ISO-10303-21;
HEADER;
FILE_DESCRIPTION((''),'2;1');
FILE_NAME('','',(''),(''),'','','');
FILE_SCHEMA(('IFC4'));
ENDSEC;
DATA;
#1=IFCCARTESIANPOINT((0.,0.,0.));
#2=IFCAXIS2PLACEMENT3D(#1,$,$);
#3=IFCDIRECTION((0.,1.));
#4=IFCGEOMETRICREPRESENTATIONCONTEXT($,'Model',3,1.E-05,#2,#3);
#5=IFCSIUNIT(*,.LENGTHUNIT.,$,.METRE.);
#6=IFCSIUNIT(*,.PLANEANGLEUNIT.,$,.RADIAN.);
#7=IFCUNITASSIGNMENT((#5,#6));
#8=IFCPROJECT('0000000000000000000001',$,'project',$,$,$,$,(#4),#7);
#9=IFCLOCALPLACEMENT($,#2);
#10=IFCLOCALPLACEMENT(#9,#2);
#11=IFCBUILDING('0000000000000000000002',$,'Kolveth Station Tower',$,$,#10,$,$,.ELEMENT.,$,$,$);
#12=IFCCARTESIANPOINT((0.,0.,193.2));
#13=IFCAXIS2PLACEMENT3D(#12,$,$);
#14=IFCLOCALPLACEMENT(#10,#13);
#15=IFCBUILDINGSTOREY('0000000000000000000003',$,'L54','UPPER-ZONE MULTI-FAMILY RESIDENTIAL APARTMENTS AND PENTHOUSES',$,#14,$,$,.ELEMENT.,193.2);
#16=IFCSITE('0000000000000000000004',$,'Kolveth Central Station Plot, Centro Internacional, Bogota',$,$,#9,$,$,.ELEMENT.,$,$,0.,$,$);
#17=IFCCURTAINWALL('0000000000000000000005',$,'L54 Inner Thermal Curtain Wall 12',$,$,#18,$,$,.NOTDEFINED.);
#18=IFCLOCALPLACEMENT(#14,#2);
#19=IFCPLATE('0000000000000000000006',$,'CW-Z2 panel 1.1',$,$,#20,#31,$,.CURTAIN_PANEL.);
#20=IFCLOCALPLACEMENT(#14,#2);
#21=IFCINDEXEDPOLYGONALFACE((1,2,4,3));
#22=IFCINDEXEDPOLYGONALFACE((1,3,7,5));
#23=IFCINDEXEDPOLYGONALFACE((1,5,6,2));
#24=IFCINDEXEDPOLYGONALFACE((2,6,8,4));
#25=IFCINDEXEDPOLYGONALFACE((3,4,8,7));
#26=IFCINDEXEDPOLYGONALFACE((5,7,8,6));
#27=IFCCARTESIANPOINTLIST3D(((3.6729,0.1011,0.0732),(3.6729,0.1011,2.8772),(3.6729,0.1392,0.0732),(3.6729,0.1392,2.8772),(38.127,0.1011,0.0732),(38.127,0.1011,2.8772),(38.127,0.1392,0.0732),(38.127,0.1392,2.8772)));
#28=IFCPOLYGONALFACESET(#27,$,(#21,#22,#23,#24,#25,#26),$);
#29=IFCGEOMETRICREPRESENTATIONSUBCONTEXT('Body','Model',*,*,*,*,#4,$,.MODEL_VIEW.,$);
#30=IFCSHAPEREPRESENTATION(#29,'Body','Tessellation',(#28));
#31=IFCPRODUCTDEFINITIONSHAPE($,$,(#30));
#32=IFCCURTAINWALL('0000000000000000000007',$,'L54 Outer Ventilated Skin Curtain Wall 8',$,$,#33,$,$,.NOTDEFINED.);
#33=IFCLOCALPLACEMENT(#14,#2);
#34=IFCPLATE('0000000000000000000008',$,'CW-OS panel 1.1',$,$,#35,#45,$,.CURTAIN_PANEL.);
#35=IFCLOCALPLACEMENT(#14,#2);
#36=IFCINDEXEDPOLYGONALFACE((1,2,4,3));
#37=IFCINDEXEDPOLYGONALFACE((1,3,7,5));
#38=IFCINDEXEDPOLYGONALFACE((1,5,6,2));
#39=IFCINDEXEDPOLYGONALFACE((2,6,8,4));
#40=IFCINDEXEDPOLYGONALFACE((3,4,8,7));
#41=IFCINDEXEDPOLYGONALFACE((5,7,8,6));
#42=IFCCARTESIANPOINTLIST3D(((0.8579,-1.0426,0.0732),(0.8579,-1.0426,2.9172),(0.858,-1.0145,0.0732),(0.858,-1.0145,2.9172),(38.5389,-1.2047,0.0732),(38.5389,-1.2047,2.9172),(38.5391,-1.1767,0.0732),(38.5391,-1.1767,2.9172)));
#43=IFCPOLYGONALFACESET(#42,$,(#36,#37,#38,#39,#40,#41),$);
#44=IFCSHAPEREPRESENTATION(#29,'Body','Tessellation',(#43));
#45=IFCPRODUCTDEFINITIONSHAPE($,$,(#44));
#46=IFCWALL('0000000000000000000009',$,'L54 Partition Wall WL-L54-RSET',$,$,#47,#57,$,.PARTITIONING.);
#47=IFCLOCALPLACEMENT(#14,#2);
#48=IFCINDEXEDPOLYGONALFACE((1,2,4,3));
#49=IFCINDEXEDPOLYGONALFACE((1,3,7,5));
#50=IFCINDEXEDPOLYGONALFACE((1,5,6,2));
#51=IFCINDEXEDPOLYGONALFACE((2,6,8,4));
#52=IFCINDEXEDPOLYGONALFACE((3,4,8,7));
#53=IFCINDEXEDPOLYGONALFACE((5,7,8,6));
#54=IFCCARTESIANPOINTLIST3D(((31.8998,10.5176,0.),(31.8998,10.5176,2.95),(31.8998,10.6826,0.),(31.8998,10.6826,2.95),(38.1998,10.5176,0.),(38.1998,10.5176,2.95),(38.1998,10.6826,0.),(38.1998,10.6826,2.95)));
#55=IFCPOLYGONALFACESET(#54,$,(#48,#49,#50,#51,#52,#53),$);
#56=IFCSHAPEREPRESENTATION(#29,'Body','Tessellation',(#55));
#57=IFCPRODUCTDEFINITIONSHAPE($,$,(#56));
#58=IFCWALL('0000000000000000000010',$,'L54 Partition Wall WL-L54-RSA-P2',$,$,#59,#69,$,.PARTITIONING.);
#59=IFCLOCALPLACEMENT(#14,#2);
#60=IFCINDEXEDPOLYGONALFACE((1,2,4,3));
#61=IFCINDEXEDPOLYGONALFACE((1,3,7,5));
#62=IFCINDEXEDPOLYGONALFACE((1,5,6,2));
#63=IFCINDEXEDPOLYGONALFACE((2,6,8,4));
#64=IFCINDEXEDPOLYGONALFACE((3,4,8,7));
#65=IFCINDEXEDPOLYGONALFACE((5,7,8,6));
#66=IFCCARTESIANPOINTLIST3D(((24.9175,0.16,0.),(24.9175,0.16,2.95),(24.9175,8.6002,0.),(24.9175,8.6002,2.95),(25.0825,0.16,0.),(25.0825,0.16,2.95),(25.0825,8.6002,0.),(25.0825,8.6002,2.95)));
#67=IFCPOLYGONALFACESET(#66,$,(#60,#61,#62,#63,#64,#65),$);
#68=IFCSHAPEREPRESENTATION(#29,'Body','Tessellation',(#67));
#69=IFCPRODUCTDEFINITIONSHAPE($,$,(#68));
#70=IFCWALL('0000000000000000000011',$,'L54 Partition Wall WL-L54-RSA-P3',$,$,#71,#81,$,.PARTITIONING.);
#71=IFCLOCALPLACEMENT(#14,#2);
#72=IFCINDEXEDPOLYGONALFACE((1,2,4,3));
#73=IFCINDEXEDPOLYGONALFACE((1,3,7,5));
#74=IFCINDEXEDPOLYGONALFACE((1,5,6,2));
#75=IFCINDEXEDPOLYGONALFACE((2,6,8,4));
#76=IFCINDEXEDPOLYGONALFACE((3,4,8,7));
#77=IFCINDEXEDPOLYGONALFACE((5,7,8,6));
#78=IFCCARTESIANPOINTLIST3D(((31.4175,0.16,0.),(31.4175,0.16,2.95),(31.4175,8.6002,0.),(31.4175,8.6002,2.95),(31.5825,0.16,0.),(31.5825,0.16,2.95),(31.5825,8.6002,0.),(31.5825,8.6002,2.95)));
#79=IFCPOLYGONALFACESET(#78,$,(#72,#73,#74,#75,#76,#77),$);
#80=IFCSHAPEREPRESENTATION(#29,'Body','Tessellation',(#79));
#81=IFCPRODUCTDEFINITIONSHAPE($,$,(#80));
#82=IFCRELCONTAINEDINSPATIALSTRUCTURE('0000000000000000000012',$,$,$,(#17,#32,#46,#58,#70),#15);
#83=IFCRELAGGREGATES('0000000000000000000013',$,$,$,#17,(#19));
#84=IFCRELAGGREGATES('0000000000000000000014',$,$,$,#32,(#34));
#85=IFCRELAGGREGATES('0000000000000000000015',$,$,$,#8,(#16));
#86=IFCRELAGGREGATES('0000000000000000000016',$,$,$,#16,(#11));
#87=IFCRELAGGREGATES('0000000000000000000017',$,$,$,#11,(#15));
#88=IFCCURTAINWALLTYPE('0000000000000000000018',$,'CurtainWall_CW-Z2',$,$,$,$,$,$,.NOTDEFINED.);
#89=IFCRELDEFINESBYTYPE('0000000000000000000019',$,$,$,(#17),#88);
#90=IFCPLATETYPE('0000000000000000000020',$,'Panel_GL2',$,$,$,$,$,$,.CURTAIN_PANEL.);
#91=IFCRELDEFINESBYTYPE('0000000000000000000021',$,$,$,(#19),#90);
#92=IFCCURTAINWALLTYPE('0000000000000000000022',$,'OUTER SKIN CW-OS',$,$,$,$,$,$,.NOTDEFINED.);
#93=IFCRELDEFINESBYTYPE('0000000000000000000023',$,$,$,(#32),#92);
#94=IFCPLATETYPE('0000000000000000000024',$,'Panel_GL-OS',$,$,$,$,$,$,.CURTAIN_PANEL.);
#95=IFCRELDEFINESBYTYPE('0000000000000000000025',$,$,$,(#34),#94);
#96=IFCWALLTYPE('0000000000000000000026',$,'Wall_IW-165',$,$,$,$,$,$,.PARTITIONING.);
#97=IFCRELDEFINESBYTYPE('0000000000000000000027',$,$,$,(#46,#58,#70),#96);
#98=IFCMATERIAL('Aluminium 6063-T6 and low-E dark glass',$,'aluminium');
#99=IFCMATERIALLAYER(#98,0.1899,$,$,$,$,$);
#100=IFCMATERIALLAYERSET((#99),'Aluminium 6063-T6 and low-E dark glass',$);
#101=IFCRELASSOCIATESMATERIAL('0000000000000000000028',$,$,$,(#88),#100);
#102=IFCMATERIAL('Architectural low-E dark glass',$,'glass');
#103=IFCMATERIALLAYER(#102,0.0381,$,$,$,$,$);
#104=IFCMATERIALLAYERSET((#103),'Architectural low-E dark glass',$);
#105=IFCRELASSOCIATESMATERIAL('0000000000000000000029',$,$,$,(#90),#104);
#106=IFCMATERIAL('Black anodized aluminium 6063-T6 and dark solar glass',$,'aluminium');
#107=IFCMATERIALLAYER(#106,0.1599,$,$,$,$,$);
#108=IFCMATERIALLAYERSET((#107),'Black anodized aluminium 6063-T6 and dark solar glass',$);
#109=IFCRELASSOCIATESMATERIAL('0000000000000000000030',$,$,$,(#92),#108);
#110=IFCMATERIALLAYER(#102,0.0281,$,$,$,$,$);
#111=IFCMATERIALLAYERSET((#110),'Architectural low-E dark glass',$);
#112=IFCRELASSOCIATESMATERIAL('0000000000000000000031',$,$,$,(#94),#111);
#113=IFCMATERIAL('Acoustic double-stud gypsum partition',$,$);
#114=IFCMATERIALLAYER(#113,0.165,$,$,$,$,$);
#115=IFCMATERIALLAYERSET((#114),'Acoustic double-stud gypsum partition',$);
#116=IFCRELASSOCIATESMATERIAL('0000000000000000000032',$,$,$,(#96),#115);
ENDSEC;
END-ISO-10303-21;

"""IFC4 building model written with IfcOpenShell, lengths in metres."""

from ifc_helpers import new_model, si_unit, direction, frame, frame_2d, origin, origin_2d, place, context, subcontext, project, spatial, rectangle, extrude, source, transform, mapped, material, layer, layer_set, type_object, element, aggregate, save


model = new_model("IFC4")

# Units and contexts
model_context = context("Model", 3, precision=1e-05, world=origin(), true_north=direction((0.0, 1.0)))
body_context = subcontext(model_context, "Body", "Model", "MODEL_VIEW")
ifc_project = project(units=[si_unit("LENGTHUNIT", "METRE"), si_unit("PLANEANGLEUNIT", "RADIAN")], contexts=[model_context])

# Site, building, storey
site_placement = place(None, origin())
site = spatial("IfcSite", under=ifc_project, at=site_placement, Name="Kolveth Central Station Plot, Centro Internacional, Bogota", CompositionType="ELEMENT", RefElevation=0.0)
building_placement = place(site_placement, origin())
building = spatial("IfcBuilding", under=site, at=building_placement, Name="Kolveth Station Tower", CompositionType="ELEMENT")
storey_placement = place(building_placement, frame((0.0, 0.0, 193.2)))
storey = spatial("IfcBuildingStorey", under=building, at=storey_placement, Name="L54", Description="UPPER-ZONE MULTI-FAMILY RESIDENTIAL APARTMENTS AND PENTHOUSES", CompositionType="ELEMENT", Elevation=193.2)

# Curtain walls, plates
ifc_material_1 = material(Name="Aluminium 6063-T6 and low-E dark glass", Category="aluminium")
ifc_layer_1 = layer(ifc_material_1, 0.1899)
ifc_layer_set_1 = layer_set([ifc_layer_1], Name="Aluminium 6063-T6 and low-E dark glass")
curtain_wall_type_1 = type_object("IfcCurtainWallType", Name="CurtainWall_CW-Z2", PredefinedType="NOTDEFINED", material=ifc_layer_set_1)
curtain_wall_1_placement = place(storey_placement, origin())
curtain_wall_1 = element("IfcCurtainWall", 1, at=curtain_wall_1_placement, inside=storey, type_object=curtain_wall_type_1, Name="L54 Inner Thermal Curtain Wall 12", PredefinedType="NOTDEFINED")
ifc_material_2 = material(Name="Architectural low-E dark glass", Category="glass")
ifc_layer_2 = layer(ifc_material_2, 0.0381)
ifc_layer_set_2 = layer_set([ifc_layer_2], Name="Architectural low-E dark glass")
plate_type_1 = type_object("IfcPlateType", Name="Panel_GL2", PredefinedType="CURTAIN_PANEL", material=ifc_layer_set_2)
shared_shape_1 = source(origin(), body_context, "Body", "SweptSolid", [
    extrude(rectangle(XDim=34.4541, YDim=0.0381, at=origin_2d()), origin(), (0.0, 0.0, 1.0), 2.804),
])
plate_1_placement = place(storey_placement, frame((20.8999, 0.1201, 0.0732), z_axis=(0.0, 0.0, 1.0), x_axis=(1.0, 0.0, 0.0)))
plate_1 = element("IfcPlate", 2, at=plate_1_placement, type_object=plate_type_1, Name="CW-Z2 panel 1.1", PredefinedType="CURTAIN_PANEL", context=body_context, shape_type="MappedRepresentation", body=[
    mapped(shared_shape_1, transform((0.0, 0.0, 0.0), x_axis=(1.0, 0.0, 0.0), y_axis=(0.0, 1.0, 0.0), z_axis=(0.0, 0.0, 1.0), scale=1.0)),
])
aggregate(curtain_wall_1, [plate_1])
ifc_material_3 = material(Name="Black anodized aluminium 6063-T6 and dark solar glass", Category="aluminium")
ifc_layer_3 = layer(ifc_material_3, 0.1599)
ifc_layer_set_3 = layer_set([ifc_layer_3], Name="Black anodized aluminium 6063-T6 and dark solar glass")
curtain_wall_type_2 = type_object("IfcCurtainWallType", Name="OUTER SKIN CW-OS", PredefinedType="NOTDEFINED", material=ifc_layer_set_3)
curtain_wall_2_placement = place(storey_placement, origin())
curtain_wall_2 = element("IfcCurtainWall", 3, at=curtain_wall_2_placement, inside=storey, type_object=curtain_wall_type_2, Name="L54 Outer Ventilated Skin Curtain Wall 8", PredefinedType="NOTDEFINED")
ifc_layer_4 = layer(ifc_material_2, 0.0281)
ifc_layer_set_4 = layer_set([ifc_layer_4], Name="Architectural low-E dark glass")
plate_type_2 = type_object("IfcPlateType", Name="Panel_GL-OS", PredefinedType="CURTAIN_PANEL", material=ifc_layer_set_4)
shared_shape_2 = source(origin(), body_context, "Body", "SweptSolid", [
    extrude(rectangle(XDim=37.6814, YDim=0.0281, at=origin_2d()), origin(), (0.0, 0.0, 1.0), 2.844),
])
plate_2_placement = place(storey_placement, frame((19.6985, -1.1096, 0.0732), z_axis=(0.0, 0.0, 1.0), x_axis=(0.999991, -0.004304, 0.0)))
plate_2 = element("IfcPlate", 4, at=plate_2_placement, type_object=plate_type_2, Name="CW-OS panel 1.1", PredefinedType="CURTAIN_PANEL", context=body_context, shape_type="MappedRepresentation", body=[
    mapped(shared_shape_2, transform((0.0, 0.0, 0.0), x_axis=(1.0, 0.0, 0.0), y_axis=(0.0, 1.0, 0.0), z_axis=(0.0, 0.0, 1.0), scale=1.0)),
])
aggregate(curtain_wall_2, [plate_2])

# Walls
ifc_material_4 = material(Name="Acoustic double-stud gypsum partition")
ifc_layer_5 = layer(ifc_material_4, 0.165)
ifc_layer_set_5 = layer_set([ifc_layer_5], Name="Acoustic double-stud gypsum partition")
wall_type = type_object("IfcWallType", Name="Wall_IW-165", PredefinedType="PARTITIONING", material=ifc_layer_set_5)
wall_placement = place(storey_placement, frame((31.8999, 10.6001, 0.0), z_axis=(0.0, 0.0, 1.0), x_axis=(1.0, 0.0, 0.0)))
element("IfcWall", 5, at=wall_placement, inside=storey, type_object=wall_type, Name="L54 Partition Wall WL-L54-RSET", PredefinedType="PARTITIONING", context=body_context, shape_type="SweptSolid", body=[
    extrude(rectangle(XDim=6.3, YDim=0.165, at=frame_2d((3.1499, 0.0))), origin(), (0.0, 0.0, 1.0), 2.95),
])
for number, where, z_axis, x_axis, name in (
    (6, (25.0, 0.1599, 0.0), (0.0, 0.0, 1.0), (0.0, 1.0, 0.0), "L54 Partition Wall WL-L54-RSA-P2"),
    (7, (31.5, 0.1599, 0.0), (0.0, 0.0, 1.0), (0.0, 1.0, 0.0), "L54 Partition Wall WL-L54-RSA-P3"),
):
    element("IfcWall", number, at=place(storey_placement, frame(where, z_axis=z_axis, x_axis=x_axis)), inside=storey, type_object=wall_type, Name=name, PredefinedType="PARTITIONING", context=body_context, shape_type="SweptSolid", body=[
        extrude(rectangle(XDim=8.4402, YDim=0.165, at=frame_2d((4.2202, 0.0))), origin(), (0.0, 0.0, 1.0), 2.95),
    ])

save(model, "model.ifc")
